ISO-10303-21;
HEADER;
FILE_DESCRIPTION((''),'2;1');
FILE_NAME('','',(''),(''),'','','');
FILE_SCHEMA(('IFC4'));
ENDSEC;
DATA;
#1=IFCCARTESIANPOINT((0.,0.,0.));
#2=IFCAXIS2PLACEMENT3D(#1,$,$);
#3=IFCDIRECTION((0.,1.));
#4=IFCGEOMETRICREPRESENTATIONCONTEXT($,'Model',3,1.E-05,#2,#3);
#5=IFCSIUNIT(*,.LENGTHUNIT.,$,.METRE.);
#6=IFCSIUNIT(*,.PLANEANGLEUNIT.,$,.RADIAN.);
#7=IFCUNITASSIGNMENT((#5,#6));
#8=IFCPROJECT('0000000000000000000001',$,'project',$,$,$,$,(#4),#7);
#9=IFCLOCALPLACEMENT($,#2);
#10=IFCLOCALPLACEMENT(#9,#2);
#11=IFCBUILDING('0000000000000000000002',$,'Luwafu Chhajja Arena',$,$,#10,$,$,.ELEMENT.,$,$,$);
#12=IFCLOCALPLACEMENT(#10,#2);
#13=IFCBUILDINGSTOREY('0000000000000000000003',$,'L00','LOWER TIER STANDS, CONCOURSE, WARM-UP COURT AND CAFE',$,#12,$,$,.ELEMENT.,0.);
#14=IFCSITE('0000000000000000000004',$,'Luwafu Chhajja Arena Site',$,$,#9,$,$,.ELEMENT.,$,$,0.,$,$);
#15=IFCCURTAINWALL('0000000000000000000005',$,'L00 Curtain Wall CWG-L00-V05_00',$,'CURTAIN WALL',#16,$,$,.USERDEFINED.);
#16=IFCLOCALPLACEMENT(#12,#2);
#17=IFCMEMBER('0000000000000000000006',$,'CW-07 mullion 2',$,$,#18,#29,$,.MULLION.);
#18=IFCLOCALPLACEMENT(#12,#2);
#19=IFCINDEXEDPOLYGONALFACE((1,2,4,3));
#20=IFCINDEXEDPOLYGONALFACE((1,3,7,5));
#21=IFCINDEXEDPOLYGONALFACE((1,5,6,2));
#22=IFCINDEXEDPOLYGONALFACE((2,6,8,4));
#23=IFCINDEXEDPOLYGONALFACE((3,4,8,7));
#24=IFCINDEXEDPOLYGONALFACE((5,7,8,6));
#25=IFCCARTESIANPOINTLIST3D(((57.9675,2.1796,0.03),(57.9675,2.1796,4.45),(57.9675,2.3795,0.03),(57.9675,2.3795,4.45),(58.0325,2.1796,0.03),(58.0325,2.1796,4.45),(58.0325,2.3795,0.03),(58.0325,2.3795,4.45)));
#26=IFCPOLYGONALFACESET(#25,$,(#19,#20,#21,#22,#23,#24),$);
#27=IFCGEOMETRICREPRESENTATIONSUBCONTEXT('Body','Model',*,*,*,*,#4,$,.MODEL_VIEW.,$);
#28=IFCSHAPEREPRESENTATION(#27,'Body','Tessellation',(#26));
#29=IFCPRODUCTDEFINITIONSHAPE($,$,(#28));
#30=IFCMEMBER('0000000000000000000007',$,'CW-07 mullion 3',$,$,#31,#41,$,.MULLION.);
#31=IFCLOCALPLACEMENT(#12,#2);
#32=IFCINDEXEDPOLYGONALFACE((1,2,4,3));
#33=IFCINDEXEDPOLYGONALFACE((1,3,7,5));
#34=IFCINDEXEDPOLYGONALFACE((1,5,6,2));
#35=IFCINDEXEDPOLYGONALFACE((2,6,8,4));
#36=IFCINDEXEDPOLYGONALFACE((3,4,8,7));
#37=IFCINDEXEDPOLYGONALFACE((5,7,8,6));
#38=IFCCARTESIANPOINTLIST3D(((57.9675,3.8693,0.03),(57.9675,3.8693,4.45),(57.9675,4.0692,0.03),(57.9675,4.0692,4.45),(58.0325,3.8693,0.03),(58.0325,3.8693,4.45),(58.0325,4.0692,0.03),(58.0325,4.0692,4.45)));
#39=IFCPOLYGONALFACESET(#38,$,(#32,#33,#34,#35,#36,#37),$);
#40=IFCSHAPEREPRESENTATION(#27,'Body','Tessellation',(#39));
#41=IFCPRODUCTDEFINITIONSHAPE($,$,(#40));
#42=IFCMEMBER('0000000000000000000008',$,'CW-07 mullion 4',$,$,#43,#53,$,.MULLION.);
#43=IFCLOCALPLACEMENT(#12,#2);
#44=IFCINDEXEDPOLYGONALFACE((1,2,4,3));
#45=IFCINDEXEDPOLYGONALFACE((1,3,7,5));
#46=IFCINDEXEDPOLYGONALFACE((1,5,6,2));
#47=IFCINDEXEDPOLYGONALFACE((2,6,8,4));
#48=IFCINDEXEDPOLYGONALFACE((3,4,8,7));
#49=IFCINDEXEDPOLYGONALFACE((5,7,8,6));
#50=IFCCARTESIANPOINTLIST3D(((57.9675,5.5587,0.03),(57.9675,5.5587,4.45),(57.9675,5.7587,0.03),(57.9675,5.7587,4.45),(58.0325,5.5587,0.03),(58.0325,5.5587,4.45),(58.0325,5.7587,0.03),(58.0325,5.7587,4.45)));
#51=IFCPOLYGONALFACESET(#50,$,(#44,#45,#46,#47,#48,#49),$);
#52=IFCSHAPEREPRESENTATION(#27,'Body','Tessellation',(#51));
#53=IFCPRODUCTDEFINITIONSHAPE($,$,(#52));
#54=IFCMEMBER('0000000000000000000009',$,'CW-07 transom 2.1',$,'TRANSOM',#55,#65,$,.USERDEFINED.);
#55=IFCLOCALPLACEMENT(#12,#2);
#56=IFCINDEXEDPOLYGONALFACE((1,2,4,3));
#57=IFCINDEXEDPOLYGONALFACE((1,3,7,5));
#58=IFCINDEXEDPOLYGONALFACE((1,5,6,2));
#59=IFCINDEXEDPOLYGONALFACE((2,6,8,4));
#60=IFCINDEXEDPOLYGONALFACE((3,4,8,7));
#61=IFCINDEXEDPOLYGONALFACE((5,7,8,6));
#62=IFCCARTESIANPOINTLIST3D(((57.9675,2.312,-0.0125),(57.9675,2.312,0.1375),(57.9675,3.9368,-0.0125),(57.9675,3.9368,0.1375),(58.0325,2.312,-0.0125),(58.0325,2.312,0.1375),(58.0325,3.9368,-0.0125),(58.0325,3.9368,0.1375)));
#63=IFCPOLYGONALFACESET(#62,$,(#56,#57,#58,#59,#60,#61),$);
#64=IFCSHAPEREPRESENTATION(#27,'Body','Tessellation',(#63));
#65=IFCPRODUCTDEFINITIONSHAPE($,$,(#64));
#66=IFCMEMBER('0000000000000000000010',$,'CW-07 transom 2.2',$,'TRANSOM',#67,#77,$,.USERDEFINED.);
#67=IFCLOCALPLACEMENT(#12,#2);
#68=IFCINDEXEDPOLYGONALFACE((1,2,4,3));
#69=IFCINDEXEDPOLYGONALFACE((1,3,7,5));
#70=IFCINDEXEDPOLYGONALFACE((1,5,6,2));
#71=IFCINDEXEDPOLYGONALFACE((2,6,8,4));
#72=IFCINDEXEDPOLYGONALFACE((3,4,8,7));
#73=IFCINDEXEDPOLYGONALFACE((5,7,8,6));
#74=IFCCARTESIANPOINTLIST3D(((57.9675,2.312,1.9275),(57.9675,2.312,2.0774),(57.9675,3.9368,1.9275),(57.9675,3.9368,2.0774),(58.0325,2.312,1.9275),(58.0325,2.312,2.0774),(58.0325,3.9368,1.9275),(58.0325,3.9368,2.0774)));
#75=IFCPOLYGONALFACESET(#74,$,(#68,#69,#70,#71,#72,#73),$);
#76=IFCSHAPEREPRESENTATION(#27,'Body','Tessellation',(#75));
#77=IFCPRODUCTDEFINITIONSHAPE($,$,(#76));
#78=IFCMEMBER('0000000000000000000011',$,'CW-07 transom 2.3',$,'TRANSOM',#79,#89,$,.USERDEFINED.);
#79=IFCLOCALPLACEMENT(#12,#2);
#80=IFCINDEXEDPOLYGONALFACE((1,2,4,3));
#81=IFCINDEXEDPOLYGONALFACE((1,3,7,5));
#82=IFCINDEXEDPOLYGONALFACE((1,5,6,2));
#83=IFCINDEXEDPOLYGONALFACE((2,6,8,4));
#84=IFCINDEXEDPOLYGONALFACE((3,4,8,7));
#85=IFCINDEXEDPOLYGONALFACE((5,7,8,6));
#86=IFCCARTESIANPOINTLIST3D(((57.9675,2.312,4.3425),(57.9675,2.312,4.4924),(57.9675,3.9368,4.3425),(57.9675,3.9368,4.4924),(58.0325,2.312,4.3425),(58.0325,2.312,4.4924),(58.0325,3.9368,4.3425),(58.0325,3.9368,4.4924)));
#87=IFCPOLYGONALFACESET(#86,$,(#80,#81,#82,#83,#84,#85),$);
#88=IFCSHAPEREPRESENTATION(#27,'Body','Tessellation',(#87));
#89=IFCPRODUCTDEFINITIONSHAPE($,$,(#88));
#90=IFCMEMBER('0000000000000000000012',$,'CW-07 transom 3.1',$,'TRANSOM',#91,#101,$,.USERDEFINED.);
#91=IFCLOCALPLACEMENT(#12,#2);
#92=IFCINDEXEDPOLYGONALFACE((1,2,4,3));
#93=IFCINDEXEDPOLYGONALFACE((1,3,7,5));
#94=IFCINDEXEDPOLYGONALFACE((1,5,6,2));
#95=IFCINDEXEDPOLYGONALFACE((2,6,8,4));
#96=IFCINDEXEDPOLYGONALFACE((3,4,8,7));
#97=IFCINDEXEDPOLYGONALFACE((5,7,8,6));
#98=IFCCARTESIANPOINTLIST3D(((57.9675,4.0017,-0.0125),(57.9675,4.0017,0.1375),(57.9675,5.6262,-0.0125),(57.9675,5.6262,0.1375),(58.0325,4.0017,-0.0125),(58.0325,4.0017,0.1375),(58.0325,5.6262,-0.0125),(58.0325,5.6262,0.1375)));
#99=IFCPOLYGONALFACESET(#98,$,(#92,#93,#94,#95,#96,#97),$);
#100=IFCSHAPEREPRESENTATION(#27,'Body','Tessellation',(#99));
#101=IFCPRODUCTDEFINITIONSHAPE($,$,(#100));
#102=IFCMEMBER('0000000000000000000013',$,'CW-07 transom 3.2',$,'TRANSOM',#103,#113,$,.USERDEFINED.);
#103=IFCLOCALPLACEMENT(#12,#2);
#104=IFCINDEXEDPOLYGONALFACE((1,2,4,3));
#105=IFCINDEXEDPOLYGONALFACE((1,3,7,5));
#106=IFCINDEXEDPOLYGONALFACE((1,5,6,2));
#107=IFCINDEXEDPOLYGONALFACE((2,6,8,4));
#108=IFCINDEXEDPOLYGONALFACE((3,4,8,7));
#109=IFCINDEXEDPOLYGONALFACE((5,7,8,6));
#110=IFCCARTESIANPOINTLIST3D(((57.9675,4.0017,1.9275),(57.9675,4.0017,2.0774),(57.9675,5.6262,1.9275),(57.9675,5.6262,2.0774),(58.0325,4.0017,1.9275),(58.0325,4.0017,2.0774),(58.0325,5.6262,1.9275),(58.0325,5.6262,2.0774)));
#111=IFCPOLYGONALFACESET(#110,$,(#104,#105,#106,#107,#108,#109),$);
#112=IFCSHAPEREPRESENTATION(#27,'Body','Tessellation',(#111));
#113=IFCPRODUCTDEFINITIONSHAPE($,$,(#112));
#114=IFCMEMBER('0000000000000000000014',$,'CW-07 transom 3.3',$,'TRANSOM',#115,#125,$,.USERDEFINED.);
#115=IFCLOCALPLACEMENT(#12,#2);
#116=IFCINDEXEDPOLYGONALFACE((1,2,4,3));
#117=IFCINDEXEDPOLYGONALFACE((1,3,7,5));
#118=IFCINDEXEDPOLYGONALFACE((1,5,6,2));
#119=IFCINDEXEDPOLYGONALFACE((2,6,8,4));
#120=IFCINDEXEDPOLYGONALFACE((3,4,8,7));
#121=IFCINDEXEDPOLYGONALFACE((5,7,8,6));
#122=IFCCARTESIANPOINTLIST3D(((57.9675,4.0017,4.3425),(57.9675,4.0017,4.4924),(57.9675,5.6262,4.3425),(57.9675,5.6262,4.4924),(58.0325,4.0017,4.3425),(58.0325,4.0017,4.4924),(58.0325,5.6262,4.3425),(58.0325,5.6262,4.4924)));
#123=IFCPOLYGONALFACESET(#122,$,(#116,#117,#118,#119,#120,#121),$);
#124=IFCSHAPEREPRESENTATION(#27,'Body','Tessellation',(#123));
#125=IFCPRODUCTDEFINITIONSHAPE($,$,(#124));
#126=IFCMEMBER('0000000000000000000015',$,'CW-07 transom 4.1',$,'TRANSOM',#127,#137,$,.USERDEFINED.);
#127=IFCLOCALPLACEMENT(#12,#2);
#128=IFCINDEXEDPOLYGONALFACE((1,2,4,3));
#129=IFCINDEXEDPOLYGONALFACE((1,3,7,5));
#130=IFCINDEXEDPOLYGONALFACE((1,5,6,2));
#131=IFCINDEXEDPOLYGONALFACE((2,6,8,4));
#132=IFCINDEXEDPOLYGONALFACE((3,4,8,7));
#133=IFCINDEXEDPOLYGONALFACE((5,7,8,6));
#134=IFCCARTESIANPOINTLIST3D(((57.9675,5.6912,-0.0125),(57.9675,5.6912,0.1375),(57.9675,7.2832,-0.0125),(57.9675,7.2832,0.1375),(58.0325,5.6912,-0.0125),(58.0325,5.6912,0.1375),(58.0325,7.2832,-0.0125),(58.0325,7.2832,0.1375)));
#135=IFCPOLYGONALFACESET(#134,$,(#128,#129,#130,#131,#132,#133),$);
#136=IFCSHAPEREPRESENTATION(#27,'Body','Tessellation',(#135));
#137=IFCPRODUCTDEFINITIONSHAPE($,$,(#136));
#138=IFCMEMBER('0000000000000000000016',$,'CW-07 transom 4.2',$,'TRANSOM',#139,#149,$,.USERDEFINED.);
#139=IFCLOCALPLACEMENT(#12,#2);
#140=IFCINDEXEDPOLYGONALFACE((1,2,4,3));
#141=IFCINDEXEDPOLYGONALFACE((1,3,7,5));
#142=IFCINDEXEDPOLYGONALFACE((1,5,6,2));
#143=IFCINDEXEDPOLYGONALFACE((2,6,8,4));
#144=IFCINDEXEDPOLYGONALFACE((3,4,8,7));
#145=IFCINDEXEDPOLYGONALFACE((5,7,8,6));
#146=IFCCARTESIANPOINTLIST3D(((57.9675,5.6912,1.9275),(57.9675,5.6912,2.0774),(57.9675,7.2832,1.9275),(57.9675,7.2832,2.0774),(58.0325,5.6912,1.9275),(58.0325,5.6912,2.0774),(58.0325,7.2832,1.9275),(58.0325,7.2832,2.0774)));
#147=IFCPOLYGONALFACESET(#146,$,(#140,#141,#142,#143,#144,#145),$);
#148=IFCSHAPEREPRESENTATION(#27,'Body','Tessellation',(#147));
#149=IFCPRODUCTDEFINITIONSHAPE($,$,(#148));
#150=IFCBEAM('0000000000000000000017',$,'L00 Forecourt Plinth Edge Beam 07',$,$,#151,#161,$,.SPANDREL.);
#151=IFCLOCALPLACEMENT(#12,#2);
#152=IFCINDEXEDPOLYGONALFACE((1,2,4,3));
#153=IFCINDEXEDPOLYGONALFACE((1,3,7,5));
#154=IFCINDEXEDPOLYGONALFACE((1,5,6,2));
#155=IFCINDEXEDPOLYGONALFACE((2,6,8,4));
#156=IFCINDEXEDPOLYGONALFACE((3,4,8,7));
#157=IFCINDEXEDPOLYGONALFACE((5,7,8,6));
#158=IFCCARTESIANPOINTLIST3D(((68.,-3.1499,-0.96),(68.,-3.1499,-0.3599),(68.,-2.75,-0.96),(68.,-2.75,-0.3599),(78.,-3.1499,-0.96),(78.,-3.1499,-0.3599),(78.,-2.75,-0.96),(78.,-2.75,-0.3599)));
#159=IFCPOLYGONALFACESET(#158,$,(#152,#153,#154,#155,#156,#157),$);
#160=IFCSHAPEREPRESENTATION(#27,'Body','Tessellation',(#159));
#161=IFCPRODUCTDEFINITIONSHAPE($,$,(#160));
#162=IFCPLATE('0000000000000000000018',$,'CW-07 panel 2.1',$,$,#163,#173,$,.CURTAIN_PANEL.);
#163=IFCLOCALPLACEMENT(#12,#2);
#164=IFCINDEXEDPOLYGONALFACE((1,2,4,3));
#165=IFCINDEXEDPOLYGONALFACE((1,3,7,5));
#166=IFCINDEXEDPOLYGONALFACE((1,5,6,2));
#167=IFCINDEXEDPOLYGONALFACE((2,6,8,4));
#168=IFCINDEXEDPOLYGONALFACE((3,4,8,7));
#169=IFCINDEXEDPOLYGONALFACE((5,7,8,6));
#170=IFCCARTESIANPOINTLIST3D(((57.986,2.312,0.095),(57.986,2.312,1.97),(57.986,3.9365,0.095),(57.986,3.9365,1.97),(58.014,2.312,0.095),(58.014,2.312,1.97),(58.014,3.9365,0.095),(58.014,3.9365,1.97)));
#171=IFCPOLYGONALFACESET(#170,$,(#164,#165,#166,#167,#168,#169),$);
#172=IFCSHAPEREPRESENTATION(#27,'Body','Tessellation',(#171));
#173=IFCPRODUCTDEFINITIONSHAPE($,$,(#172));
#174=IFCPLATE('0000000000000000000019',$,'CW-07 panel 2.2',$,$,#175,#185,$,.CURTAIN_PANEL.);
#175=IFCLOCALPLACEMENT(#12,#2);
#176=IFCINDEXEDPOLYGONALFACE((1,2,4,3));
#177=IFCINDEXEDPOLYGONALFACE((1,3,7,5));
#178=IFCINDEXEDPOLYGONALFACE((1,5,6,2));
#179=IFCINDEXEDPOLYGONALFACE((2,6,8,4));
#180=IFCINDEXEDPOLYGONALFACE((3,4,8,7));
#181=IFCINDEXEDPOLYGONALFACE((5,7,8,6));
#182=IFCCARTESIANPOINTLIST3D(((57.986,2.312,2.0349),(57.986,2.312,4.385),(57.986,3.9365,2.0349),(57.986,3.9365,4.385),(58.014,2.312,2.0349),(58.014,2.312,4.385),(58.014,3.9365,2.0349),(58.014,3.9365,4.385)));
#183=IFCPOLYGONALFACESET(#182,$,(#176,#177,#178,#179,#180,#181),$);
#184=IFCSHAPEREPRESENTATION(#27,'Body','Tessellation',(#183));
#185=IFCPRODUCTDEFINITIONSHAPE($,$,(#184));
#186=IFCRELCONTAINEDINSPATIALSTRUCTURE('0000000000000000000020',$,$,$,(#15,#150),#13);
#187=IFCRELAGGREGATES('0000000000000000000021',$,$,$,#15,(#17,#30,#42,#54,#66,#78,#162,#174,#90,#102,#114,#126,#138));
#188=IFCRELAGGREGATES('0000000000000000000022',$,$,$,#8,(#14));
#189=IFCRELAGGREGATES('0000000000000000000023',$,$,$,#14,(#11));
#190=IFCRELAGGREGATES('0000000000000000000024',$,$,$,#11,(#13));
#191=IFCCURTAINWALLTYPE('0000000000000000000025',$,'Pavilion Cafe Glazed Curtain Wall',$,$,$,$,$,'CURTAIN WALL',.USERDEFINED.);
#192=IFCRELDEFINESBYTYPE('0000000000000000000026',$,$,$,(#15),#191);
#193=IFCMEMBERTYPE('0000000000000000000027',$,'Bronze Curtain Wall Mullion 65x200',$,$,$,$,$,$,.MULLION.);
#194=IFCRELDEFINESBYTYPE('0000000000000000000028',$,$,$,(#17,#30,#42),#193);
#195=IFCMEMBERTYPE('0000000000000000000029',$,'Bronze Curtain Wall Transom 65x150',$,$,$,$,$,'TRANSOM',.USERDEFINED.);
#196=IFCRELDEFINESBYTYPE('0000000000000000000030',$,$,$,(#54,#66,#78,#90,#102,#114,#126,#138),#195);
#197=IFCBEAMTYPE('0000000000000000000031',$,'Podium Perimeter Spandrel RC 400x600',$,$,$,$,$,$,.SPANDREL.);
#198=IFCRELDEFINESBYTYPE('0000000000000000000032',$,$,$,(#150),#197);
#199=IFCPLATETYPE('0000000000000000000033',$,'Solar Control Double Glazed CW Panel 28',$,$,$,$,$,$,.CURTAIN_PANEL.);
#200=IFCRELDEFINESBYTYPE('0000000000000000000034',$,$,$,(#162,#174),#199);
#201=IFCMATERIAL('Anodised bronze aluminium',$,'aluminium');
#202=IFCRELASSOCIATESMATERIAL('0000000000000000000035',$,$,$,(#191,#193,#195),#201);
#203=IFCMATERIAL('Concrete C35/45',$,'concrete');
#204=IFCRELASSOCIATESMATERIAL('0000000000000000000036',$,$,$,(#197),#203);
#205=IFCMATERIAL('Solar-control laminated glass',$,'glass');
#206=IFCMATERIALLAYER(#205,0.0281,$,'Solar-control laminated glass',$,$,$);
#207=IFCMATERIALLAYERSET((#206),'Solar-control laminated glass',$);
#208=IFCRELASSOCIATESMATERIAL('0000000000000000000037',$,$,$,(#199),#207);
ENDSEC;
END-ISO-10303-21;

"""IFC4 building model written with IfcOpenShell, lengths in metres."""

from ifc_helpers import new_model, si_unit, direction, frame, origin, origin_2d, place, context, subcontext, project, spatial, rectangle, extrude, material, layer, layer_set, material_profile, profile_set, type_object, element, aggregate, save


model = new_model("IFC4")

# Units and contexts
model_context = context("Model", 3, precision=1e-05, world=origin(), true_north=direction((0.0, 1.0)))
body_context = subcontext(model_context, "Body", "Model", "MODEL_VIEW")
ifc_project = project(units=[si_unit("LENGTHUNIT", "METRE"), si_unit("PLANEANGLEUNIT", "RADIAN")], contexts=[model_context])

# Site, building, storey
site_placement = place(None, origin())
site = spatial("IfcSite", under=ifc_project, at=site_placement, Name="Luwafu Chhajja Arena Site", CompositionType="ELEMENT", RefElevation=0.0)
building_placement = place(site_placement, origin())
building = spatial("IfcBuilding", under=site, at=building_placement, Name="Luwafu Chhajja Arena", CompositionType="ELEMENT")
storey_placement = place(building_placement, origin())
storey = spatial("IfcBuildingStorey", under=building, at=storey_placement, Name="L00", Description="LOWER TIER STANDS, CONCOURSE, WARM-UP COURT AND CAFE", CompositionType="ELEMENT", Elevation=0.0)

# Curtain wall, members
ifc_material_1 = material(Name="Anodised bronze aluminium", Category="aluminium")
curtain_wall_type = type_object("IfcCurtainWallType", Name="Pavilion Cafe Glazed Curtain Wall", ElementType="CURTAIN WALL", PredefinedType="USERDEFINED", material=ifc_material_1)
curtain_wall_placement = place(storey_placement, origin())
curtain_wall = element("IfcCurtainWall", 1, at=curtain_wall_placement, inside=storey, type_object=curtain_wall_type, Name="L00 Curtain Wall CWG-L00-V05_00", ObjectType="CURTAIN WALL", PredefinedType="USERDEFINED")
ifc_material_profile_1 = material_profile(ifc_material_1, rectangle(XDim=0.0649, YDim=0.2, at=origin_2d()), Name="CWM 65x200")
ifc_profile_set_1 = profile_set([ifc_material_profile_1], Name="Anodised bronze aluminium")
member_type_1 = type_object("IfcMemberType", Name="Bronze Curtain Wall Mullion 65x200", PredefinedType="MULLION", material=ifc_profile_set_1)
member_1_placement = place(storey_placement, frame((58.0, 2.2795, 0.03), z_axis=(0.0, 0.0, 1.0), x_axis=(-1.0, 0.0, 0.0)))
member_1 = element("IfcMember", 2, at=member_1_placement, type_object=member_type_1, Name="CW-07 mullion 2", PredefinedType="MULLION", context=body_context, shape_type="SweptSolid", body=[
    extrude(rectangle(XDim=0.0649, YDim=0.2, at=origin_2d()), origin(), (0.0, 0.0, 1.0), 4.4199),
])
member_2_placement = place(storey_placement, frame((58.0, 3.9692, 0.03), z_axis=(0.0, 0.0, 1.0), x_axis=(-1.0, 0.0, 0.0)))
member_2 = element("IfcMember", 3, at=member_2_placement, type_object=member_type_1, Name="CW-07 mullion 3", PredefinedType="MULLION", context=body_context, shape_type="SweptSolid", body=[
    extrude(rectangle(XDim=0.0649, YDim=0.2, at=origin_2d()), origin(), (0.0, 0.0, 1.0), 4.4199),
])
member_3_placement = place(storey_placement, frame((58.0, 5.6587, 0.03), z_axis=(0.0, 0.0, 1.0), x_axis=(-1.0, 0.0, 0.0)))
member_3 = element("IfcMember", 4, at=member_3_placement, type_object=member_type_1, Name="CW-07 mullion 4", PredefinedType="MULLION", context=body_context, shape_type="SweptSolid", body=[
    extrude(rectangle(XDim=0.0649, YDim=0.2, at=origin_2d()), origin(), (0.0, 0.0, 1.0), 4.4199),
])
ifc_material_profile_2 = material_profile(ifc_material_1, rectangle(XDim=0.0649, YDim=0.1499, at=origin_2d()), Name="CWT 65x150")
ifc_profile_set_2 = profile_set([ifc_material_profile_2], Name="Anodised bronze aluminium")
member_type_2 = type_object("IfcMemberType", Name="Bronze Curtain Wall Transom 65x150", ElementType="TRANSOM", PredefinedType="USERDEFINED", material=ifc_profile_set_2)
member_4_placement = place(storey_placement, frame((58.0, 2.312, 0.0625), z_axis=(0.0, 1.0, 0.0), x_axis=(-1.0, 0.0, 0.0)))
member_4 = element("IfcMember", 5, at=member_4_placement, type_object=member_type_2, Name="CW-07 transom 2.1", ObjectType="TRANSOM", PredefinedType="USERDEFINED", context=body_context, shape_type="SweptSolid", body=[
    extrude(rectangle(XDim=0.0649, YDim=0.1499, at=origin_2d()), origin(), (0.0, 0.0, 1.0), 1.6248),
])
member_5_placement = place(storey_placement, frame((58.0, 2.312, 2.0024), z_axis=(0.0, 1.0, 0.0), x_axis=(-1.0, 0.0, 0.0)))
member_5 = element("IfcMember", 6, at=member_5_placement, type_object=member_type_2, Name="CW-07 transom 2.2", ObjectType="TRANSOM", PredefinedType="USERDEFINED", context=body_context, shape_type="SweptSolid", body=[
    extrude(rectangle(XDim=0.0649, YDim=0.1499, at=origin_2d()), origin(), (0.0, 0.0, 1.0), 1.6248),
])
member_6_placement = place(storey_placement, frame((58.0, 2.312, 4.4175), z_axis=(0.0, 1.0, 0.0), x_axis=(-1.0, 0.0, 0.0)))
member_6 = element("IfcMember", 7, at=member_6_placement, type_object=member_type_2, Name="CW-07 transom 2.3", ObjectType="TRANSOM", PredefinedType="USERDEFINED", context=body_context, shape_type="SweptSolid", body=[
    extrude(rectangle(XDim=0.0649, YDim=0.1499, at=origin_2d()), origin(), (0.0, 0.0, 1.0), 1.6248),
])
member_7_placement = place(storey_placement, frame((58.0, 4.0017, 0.0625), z_axis=(0.0, 1.0, 0.0), x_axis=(-1.0, 0.0, 0.0)))
member_7 = element("IfcMember", 8, at=member_7_placement, type_object=member_type_2, Name="CW-07 transom 3.1", ObjectType="TRANSOM", PredefinedType="USERDEFINED", context=body_context, shape_type="SweptSolid", body=[
    extrude(rectangle(XDim=0.0649, YDim=0.1499, at=origin_2d()), origin(), (0.0, 0.0, 1.0), 1.6245),
])
member_8_placement = place(storey_placement, frame((58.0, 4.0017, 2.0024), z_axis=(0.0, 1.0, 0.0), x_axis=(-1.0, 0.0, 0.0)))
member_8 = element("IfcMember", 9, at=member_8_placement, type_object=member_type_2, Name="CW-07 transom 3.2", ObjectType="TRANSOM", PredefinedType="USERDEFINED", context=body_context, shape_type="SweptSolid", body=[
    extrude(rectangle(XDim=0.0649, YDim=0.1499, at=origin_2d()), origin(), (0.0, 0.0, 1.0), 1.6245),
])
member_9_placement = place(storey_placement, frame((58.0, 4.0017, 4.4175), z_axis=(0.0, 1.0, 0.0), x_axis=(-1.0, 0.0, 0.0)))
member_9 = element("IfcMember", 10, at=member_9_placement, type_object=member_type_2, Name="CW-07 transom 3.3", ObjectType="TRANSOM", PredefinedType="USERDEFINED", context=body_context, shape_type="SweptSolid", body=[
    extrude(rectangle(XDim=0.0649, YDim=0.1499, at=origin_2d()), origin(), (0.0, 0.0, 1.0), 1.6245),
])
member_10_placement = place(storey_placement, frame((58.0, 5.6912, 0.0625), z_axis=(0.0, 1.0, 0.0), x_axis=(-1.0, 0.0, 0.0)))
member_10 = element("IfcMember", 11, at=member_10_placement, type_object=member_type_2, Name="CW-07 transom 4.1", ObjectType="TRANSOM", PredefinedType="USERDEFINED", context=body_context, shape_type="SweptSolid", body=[
    extrude(rectangle(XDim=0.0649, YDim=0.1499, at=origin_2d()), origin(), (0.0, 0.0, 1.0), 1.592),
])
member_11_placement = place(storey_placement, frame((58.0, 5.6912, 2.0024), z_axis=(0.0, 1.0, 0.0), x_axis=(-1.0, 0.0, 0.0)))
member_11 = element("IfcMember", 12, at=member_11_placement, type_object=member_type_2, Name="CW-07 transom 4.2", ObjectType="TRANSOM", PredefinedType="USERDEFINED", context=body_context, shape_type="SweptSolid", body=[
    extrude(rectangle(XDim=0.0649, YDim=0.1499, at=origin_2d()), origin(), (0.0, 0.0, 1.0), 1.592),
])

# Beam
ifc_material_2 = material(Name="Concrete C35/45", Category="concrete")
ifc_material_profile_3 = material_profile(ifc_material_2, rectangle(XDim=0.3999, YDim=0.6001, at=origin_2d()), Name="RC 400x600")
ifc_profile_set_3 = profile_set([ifc_material_profile_3], Name="Concrete C35/45")
beam_type = type_object("IfcBeamType", Name="Podium Perimeter Spandrel RC 400x600", PredefinedType="SPANDREL", material=ifc_profile_set_3)
beam_placement = place(storey_placement, frame((68.0, -2.95, -0.6599), z_axis=(1.0, 0.0, 0.0), x_axis=(0.0, 1.0, 0.0)))
element("IfcBeam", 13, at=beam_placement, inside=storey, type_object=beam_type, Name="L00 Forecourt Plinth Edge Beam 07", PredefinedType="SPANDREL", context=body_context, shape_type="SweptSolid", body=[
    extrude(rectangle(XDim=0.3999, YDim=0.6001, at=origin_2d()), origin(), (0.0, 0.0, 1.0), 10.0),
])

# Plates
ifc_material_3 = material(Name="Solar-control laminated glass", Category="glass")
ifc_layer_1 = layer(ifc_material_3, 0.0281, Name="Solar-control laminated glass")
ifc_layer_set_1 = layer_set([ifc_layer_1], Name="Solar-control laminated glass")
plate_type = type_object("IfcPlateType", Name="Solar Control Double Glazed CW Panel 28", PredefinedType="CURTAIN_PANEL", material=ifc_layer_set_1)
plate_1_placement = place(storey_placement, frame((58.0, 3.1243, 0.095), z_axis=(0.0, 0.0, 1.0), x_axis=(0.0, 1.0, 0.0)))
plate_1 = element("IfcPlate", 14, at=plate_1_placement, type_object=plate_type, Name="CW-07 panel 2.1", PredefinedType="CURTAIN_PANEL", context=body_context, shape_type="SweptSolid", body=[
    extrude(rectangle(XDim=1.6245, YDim=0.0281, at=origin_2d()), origin(), (0.0, 0.0, 1.0), 1.875),
])
plate_2_placement = place(storey_placement, frame((58.0, 3.1243, 2.0349), z_axis=(0.0, 0.0, 1.0), x_axis=(0.0, 1.0, 0.0)))
plate_2 = element("IfcPlate", 15, at=plate_2_placement, type_object=plate_type, Name="CW-07 panel 2.2", PredefinedType="CURTAIN_PANEL", context=body_context, shape_type="SweptSolid", body=[
    extrude(rectangle(XDim=1.6245, YDim=0.0281, at=origin_2d()), origin(), (0.0, 0.0, 1.0), 2.3501),
])
aggregate(curtain_wall, [member_1, member_2, member_3, member_4, member_5, member_6, plate_1, plate_2, member_7, member_8, member_9, member_10, member_11])

save(model, "model.ifc")
